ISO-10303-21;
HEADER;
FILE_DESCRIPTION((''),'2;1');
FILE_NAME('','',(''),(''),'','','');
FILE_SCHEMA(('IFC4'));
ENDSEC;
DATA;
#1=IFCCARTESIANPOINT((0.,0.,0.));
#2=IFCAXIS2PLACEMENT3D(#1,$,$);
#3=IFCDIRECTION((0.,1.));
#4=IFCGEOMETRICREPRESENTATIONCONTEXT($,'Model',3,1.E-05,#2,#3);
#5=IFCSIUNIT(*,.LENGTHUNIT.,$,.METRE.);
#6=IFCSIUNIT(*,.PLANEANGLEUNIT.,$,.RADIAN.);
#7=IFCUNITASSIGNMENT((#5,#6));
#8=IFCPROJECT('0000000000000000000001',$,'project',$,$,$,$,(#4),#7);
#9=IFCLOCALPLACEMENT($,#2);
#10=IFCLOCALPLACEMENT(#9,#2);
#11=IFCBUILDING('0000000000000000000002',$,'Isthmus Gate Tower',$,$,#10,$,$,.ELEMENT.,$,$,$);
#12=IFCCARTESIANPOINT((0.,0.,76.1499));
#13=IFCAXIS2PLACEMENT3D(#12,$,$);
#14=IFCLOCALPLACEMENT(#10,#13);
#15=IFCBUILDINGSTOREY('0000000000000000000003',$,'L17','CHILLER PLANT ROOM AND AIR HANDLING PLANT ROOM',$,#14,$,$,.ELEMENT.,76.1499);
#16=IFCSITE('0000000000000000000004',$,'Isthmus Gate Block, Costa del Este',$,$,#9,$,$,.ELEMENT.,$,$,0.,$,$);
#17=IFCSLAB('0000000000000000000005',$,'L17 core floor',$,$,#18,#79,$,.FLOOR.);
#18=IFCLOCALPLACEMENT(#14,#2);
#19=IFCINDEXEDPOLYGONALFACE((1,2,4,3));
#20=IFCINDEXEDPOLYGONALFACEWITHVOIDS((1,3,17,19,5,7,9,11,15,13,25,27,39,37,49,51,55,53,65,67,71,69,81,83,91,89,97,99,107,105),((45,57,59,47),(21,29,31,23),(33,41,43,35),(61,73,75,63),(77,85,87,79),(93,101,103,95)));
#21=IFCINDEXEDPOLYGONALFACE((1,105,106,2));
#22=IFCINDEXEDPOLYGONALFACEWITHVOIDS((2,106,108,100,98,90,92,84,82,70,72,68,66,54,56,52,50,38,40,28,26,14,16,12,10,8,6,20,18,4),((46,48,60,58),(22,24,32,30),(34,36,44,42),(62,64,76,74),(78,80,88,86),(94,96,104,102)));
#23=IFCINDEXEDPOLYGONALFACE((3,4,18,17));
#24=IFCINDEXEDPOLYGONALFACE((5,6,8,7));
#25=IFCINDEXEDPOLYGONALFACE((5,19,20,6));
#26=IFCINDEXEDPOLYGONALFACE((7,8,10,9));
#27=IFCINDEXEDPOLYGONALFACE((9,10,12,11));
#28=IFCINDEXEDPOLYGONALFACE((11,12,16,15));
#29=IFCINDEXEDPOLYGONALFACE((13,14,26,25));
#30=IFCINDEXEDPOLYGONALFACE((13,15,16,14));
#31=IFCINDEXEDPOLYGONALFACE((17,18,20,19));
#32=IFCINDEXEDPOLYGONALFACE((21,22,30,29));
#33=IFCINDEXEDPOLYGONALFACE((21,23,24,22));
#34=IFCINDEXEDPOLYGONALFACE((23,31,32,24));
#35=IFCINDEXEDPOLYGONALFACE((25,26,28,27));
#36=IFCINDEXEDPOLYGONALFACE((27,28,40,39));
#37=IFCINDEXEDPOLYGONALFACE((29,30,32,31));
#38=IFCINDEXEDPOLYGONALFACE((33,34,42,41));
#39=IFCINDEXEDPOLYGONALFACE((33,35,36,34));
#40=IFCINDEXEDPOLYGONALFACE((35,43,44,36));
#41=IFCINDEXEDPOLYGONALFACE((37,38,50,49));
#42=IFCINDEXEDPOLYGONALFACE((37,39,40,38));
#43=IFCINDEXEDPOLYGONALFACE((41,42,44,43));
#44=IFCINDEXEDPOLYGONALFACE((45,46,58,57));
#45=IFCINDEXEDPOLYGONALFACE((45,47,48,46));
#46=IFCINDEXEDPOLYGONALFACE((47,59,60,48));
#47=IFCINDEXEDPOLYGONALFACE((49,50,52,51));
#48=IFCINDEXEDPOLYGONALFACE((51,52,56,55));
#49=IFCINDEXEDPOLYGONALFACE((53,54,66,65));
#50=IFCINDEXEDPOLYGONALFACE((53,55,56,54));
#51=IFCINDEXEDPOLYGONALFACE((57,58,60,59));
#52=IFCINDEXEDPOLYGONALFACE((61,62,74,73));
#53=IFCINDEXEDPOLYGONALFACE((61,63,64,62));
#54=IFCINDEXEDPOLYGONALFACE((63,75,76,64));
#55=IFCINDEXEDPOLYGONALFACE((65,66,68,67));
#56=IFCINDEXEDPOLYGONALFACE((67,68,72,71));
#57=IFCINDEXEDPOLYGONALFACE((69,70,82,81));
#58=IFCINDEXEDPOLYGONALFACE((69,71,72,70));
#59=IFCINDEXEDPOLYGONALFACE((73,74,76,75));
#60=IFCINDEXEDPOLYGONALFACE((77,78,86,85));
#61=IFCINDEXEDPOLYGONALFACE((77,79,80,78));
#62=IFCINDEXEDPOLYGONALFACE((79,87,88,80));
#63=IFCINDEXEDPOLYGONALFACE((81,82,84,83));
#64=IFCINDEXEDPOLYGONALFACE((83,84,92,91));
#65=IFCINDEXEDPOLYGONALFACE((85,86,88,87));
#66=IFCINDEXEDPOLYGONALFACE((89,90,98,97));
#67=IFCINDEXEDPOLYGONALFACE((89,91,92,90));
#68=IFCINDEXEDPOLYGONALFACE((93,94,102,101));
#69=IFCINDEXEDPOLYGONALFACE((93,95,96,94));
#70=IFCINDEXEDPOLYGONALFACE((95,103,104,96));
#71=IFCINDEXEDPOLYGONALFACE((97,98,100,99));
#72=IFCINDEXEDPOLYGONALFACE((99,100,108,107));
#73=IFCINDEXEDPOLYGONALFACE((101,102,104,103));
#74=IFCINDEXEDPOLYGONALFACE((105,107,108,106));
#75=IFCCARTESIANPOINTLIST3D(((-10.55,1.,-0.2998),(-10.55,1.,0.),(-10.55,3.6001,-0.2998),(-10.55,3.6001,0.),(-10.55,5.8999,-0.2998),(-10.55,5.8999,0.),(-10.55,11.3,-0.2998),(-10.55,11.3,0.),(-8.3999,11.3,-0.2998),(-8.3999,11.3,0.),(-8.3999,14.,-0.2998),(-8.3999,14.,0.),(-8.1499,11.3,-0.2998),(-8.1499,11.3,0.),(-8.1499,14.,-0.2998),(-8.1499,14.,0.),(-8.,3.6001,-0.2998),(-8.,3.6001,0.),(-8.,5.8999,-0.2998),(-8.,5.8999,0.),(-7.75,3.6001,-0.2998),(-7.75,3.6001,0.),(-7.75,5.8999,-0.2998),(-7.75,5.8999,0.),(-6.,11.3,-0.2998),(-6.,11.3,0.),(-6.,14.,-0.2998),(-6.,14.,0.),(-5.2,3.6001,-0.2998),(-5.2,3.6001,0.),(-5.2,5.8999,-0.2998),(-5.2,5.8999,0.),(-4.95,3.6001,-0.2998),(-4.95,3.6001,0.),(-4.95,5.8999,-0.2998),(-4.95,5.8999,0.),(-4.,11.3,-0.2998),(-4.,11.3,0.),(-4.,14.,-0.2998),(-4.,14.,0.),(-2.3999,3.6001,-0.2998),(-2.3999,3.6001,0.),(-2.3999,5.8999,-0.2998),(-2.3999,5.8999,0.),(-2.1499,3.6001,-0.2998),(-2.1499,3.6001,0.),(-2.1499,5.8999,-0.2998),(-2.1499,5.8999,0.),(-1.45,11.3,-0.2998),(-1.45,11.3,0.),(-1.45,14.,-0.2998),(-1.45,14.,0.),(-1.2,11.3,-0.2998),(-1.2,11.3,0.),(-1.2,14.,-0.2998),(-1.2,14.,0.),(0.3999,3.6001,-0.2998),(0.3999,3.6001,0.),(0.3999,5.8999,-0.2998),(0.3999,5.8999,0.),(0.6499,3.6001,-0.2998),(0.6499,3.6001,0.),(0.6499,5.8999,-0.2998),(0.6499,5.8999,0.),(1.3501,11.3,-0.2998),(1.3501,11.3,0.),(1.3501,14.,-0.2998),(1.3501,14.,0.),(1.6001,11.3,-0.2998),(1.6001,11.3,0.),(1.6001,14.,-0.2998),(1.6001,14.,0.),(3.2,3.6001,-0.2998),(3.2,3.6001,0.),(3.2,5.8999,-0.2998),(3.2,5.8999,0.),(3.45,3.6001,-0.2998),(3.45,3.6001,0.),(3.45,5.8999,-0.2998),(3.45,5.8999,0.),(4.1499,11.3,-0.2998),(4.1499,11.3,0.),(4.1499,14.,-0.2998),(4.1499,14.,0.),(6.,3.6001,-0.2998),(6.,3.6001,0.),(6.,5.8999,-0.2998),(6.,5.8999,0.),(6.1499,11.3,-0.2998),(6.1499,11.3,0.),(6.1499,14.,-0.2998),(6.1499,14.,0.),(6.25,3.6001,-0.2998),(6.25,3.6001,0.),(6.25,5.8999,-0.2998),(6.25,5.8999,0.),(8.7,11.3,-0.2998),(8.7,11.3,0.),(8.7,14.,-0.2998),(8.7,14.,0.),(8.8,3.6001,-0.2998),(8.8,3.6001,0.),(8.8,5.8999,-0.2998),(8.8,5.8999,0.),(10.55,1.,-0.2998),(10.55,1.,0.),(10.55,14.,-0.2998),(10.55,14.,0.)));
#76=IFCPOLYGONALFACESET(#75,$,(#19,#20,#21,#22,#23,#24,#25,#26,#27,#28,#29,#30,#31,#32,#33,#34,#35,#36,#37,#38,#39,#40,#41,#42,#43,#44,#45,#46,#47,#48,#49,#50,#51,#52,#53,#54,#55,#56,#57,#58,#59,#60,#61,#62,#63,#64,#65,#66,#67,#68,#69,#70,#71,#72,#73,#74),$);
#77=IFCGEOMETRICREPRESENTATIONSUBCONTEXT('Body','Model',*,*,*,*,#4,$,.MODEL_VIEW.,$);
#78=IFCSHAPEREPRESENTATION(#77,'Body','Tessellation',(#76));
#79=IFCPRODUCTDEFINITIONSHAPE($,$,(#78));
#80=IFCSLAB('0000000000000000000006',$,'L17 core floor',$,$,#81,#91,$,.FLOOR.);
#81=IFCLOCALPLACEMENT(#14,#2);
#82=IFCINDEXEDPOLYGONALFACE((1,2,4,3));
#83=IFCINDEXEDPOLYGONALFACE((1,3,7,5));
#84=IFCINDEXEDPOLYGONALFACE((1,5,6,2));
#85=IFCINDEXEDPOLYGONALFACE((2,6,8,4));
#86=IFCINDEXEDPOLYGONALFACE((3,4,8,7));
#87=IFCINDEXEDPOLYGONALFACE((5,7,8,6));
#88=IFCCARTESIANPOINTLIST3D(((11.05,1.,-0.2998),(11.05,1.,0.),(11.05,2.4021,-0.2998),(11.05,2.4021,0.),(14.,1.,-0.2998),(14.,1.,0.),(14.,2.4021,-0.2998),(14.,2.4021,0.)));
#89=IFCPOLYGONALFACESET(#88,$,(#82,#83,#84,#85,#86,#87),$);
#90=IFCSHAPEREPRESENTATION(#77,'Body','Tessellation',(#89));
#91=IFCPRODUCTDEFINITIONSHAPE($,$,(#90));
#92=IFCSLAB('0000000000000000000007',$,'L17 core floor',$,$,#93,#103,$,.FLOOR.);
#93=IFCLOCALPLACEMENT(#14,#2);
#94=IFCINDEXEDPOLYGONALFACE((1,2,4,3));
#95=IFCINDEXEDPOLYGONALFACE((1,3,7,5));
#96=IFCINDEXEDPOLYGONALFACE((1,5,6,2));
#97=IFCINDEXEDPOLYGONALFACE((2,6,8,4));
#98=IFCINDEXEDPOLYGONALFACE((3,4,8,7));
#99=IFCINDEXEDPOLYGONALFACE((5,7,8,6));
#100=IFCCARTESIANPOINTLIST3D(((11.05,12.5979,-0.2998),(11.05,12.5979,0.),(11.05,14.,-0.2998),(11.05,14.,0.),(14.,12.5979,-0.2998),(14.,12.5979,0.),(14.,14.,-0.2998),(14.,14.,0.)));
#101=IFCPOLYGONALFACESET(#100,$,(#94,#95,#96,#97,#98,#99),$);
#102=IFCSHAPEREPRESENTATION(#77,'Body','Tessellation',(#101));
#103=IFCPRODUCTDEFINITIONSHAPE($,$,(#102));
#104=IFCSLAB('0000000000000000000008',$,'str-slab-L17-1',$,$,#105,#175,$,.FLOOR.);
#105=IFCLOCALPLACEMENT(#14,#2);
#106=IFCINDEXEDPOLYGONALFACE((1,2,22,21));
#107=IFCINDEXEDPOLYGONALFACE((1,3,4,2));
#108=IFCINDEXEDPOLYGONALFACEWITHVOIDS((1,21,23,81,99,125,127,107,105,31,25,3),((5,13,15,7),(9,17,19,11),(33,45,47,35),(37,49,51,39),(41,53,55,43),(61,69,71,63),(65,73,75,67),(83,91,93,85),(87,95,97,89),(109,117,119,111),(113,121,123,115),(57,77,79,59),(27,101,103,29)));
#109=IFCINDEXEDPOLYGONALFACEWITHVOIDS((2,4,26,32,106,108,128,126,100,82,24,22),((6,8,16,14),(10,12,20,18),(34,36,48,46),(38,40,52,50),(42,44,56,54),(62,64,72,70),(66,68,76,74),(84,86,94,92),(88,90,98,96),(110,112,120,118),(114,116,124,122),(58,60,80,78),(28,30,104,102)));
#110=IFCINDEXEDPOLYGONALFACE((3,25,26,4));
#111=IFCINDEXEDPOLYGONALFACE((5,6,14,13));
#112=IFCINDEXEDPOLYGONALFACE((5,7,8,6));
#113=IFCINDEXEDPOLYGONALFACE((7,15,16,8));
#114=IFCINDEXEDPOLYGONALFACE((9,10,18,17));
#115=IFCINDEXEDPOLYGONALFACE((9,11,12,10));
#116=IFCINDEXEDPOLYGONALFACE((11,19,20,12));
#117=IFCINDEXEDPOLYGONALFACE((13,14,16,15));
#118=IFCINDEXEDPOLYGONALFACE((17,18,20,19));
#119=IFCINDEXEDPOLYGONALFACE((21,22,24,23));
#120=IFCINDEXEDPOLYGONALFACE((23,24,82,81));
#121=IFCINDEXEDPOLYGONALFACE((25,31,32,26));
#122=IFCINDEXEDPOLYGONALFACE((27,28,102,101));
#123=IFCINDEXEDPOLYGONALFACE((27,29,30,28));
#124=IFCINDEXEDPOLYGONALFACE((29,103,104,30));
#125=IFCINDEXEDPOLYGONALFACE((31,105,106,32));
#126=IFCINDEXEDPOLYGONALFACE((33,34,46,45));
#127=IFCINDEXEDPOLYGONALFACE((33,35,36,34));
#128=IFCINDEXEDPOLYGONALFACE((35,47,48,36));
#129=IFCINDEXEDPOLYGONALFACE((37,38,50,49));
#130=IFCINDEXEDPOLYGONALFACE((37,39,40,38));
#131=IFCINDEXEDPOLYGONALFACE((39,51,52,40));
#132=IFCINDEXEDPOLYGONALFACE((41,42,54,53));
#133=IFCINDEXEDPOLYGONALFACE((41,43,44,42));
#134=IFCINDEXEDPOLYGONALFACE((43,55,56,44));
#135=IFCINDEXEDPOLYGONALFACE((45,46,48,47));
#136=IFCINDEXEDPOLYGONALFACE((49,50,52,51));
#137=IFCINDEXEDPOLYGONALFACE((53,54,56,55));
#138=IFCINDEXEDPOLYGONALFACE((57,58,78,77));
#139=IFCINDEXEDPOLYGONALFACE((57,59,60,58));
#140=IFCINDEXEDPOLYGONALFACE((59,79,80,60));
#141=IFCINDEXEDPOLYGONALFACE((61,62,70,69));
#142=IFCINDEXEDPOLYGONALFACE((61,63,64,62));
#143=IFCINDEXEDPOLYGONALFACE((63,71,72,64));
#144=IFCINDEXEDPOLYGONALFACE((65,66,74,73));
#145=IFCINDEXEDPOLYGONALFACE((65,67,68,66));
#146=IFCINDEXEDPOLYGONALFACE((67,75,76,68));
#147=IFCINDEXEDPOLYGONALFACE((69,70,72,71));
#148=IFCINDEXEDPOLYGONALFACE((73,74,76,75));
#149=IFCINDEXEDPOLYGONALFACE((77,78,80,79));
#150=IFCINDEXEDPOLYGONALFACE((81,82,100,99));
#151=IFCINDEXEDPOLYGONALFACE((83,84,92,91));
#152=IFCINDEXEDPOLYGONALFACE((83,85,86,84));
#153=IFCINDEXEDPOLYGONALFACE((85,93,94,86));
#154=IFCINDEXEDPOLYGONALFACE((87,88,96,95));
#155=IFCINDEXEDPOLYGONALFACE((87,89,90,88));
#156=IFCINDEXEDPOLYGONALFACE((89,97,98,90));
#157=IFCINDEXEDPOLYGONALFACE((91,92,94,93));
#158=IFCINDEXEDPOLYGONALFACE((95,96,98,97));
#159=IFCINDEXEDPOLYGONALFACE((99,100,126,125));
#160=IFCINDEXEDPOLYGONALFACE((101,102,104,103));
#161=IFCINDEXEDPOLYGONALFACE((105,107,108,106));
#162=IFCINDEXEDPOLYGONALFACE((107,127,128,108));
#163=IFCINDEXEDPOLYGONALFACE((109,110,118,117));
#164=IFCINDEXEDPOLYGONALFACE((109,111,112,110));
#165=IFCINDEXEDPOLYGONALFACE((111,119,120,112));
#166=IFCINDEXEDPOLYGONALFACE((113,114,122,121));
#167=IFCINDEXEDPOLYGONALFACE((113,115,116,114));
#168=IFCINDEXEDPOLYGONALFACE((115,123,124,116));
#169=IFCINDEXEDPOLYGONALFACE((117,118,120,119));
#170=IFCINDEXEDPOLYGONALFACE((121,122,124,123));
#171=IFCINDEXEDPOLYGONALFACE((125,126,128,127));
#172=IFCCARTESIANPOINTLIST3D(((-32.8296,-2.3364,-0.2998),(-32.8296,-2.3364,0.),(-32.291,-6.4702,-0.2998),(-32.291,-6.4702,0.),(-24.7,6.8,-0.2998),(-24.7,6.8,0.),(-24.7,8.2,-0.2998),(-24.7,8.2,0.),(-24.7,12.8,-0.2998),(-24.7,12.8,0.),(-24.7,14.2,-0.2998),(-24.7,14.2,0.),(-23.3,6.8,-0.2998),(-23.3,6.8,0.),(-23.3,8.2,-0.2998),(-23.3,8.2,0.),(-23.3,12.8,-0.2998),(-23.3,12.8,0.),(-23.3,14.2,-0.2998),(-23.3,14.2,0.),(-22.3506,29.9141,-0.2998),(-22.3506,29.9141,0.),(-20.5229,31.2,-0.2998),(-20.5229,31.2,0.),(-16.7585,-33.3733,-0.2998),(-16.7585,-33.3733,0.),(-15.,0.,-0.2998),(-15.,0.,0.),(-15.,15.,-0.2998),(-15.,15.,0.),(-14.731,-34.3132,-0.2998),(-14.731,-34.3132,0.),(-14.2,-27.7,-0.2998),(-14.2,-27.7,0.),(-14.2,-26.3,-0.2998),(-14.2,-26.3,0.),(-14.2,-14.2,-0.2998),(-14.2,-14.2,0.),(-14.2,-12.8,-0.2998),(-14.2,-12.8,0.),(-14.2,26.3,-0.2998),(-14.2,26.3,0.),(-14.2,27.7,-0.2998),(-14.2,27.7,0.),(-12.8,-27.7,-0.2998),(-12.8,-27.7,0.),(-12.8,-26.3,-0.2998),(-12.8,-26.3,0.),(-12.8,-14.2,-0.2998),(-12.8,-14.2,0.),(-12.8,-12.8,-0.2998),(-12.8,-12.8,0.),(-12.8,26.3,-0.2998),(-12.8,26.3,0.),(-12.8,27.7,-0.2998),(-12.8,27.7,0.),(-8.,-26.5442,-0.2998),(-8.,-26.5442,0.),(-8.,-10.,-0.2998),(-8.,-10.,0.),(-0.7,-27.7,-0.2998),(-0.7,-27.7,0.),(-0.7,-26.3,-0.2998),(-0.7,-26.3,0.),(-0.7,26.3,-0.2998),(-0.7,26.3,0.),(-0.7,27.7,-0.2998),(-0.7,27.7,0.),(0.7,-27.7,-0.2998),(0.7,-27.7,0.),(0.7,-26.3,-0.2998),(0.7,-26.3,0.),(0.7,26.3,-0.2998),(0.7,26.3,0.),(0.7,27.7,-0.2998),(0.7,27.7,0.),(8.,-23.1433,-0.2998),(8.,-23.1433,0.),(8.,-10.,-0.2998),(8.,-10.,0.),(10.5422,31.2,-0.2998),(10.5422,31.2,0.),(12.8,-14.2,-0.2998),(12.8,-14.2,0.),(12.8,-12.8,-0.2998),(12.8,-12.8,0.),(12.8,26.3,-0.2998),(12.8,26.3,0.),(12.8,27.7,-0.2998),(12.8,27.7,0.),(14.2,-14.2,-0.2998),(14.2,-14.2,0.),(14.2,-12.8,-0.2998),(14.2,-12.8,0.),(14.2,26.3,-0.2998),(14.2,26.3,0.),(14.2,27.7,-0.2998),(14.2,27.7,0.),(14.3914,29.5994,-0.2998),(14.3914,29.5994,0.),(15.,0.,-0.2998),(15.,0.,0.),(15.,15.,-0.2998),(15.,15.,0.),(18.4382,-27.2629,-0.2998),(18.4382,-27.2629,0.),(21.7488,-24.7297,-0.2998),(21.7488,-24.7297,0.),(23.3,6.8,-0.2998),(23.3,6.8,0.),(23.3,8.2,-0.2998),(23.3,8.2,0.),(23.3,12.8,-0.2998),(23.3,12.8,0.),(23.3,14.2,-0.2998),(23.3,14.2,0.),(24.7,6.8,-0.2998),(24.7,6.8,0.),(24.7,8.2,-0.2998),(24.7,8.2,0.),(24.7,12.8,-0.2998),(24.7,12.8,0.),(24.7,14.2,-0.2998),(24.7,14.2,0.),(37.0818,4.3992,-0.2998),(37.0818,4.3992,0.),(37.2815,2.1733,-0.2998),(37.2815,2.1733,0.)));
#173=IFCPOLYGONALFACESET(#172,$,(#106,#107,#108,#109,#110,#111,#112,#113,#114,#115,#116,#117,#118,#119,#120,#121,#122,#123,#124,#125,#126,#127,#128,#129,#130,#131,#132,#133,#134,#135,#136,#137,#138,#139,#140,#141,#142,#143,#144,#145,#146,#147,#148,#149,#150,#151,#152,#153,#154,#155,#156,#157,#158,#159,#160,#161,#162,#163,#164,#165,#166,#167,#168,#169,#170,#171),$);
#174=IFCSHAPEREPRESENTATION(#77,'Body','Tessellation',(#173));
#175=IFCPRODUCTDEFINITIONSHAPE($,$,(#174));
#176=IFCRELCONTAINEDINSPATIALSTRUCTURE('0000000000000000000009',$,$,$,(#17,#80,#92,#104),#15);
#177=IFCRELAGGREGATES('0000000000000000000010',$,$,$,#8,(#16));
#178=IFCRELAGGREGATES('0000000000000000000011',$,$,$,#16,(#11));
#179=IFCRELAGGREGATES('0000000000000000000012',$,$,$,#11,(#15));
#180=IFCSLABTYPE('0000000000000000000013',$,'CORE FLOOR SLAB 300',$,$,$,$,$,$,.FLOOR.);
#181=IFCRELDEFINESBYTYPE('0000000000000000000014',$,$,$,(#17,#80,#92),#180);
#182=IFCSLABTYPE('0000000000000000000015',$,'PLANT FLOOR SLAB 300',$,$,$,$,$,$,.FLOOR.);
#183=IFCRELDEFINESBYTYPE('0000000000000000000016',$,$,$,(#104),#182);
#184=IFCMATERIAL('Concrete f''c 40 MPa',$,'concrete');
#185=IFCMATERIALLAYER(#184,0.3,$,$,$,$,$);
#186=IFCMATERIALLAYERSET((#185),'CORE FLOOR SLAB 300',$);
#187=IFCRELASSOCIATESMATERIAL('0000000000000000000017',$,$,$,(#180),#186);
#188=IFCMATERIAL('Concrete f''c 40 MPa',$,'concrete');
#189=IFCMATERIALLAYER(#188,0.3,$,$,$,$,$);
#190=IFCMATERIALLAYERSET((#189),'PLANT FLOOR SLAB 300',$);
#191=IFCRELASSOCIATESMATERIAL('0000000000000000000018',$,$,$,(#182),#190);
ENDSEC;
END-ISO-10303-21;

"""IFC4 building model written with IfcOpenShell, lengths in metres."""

from ifc_helpers import new_model, si_unit, direction, frame, origin, place, context, subcontext, project, spatial, polyline, outline, extrude, material, layer, layer_set, type_object, element, save


model = new_model("IFC4")

# Units and contexts
model_context = context("Model", 3, precision=1e-05, world=origin(), true_north=direction((0.0, 1.0)))
body_context = subcontext(model_context, "Body", "Model", "MODEL_VIEW")
ifc_project = project(units=[si_unit("LENGTHUNIT", "METRE"), si_unit("PLANEANGLEUNIT", "RADIAN")], contexts=[model_context])

# Site, building, storey
site_placement = place(None, origin())
site = spatial("IfcSite", under=ifc_project, at=site_placement, Name="Isthmus Gate Block, Costa del Este", CompositionType="ELEMENT", RefElevation=0.0)
building_placement = place(site_placement, origin())
building = spatial("IfcBuilding", under=site, at=building_placement, Name="Isthmus Gate Tower", CompositionType="ELEMENT")
storey_placement = place(building_placement, frame((0.0, 0.0, 76.1499)))
storey = spatial("IfcBuildingStorey", under=building, at=storey_placement, Name="L17", Description="CHILLER PLANT ROOM AND AIR HANDLING PLANT ROOM", CompositionType="ELEMENT", Elevation=76.1499)

# Slabs
ifc_material_1 = material(Name="Concrete f'c 40 MPa", Category="concrete")
ifc_layer_1 = layer(ifc_material_1, 0.3)
ifc_layer_set_1 = layer_set([ifc_layer_1], Name="CORE FLOOR SLAB 300")
slab_type_1 = type_object("IfcSlabType", Name="CORE FLOOR SLAB 300", PredefinedType="FLOOR", material=ifc_layer_set_1)
slab_1_placement = place(storey_placement, frame((0.0, 0.0, -0.2998)))
element("IfcSlab", 1, at=slab_1_placement, inside=storey, type_object=slab_type_1, Name="L17 core floor", PredefinedType="FLOOR", context=body_context, shape_type="SweptSolid", body=[
    extrude(outline(polyline([(10.55, 14.0), (8.7, 14.0), (8.7, 11.3), (6.1499, 11.3), (6.1499, 14.0), (4.1499, 14.0), (4.1499, 11.3), (1.6001, 11.3), (1.6001, 14.0), (1.3501, 14.0), (1.3501, 11.3), (-1.2, 11.3), (-1.2, 14.0), (-1.45, 14.0), (-1.45, 11.3), (-4.0, 11.3), (-4.0, 14.0), (-6.0, 14.0), (-6.0, 11.3), (-8.1499, 11.3), (-8.1499, 14.0), (-8.3999, 14.0), (-8.3999, 11.3), (-10.55, 11.3), (-10.55, 5.8999), (-8.0, 5.8999), (-8.0, 3.6001), (-10.55, 3.6001), (-10.55, 1.0), (10.55, 1.0), (10.55, 14.0)]), holes=[polyline([(-5.2, 5.8999), (-5.2, 3.6001), (-7.75, 3.6001), (-7.75, 5.8999), (-5.2, 5.8999)]), polyline([(-2.3999, 5.8999), (-2.3999, 3.6001), (-4.95, 3.6001), (-4.95, 5.8999), (-2.3999, 5.8999)]), polyline([(0.3999, 5.8999), (0.3999, 3.6001), (-2.1499, 3.6001), (-2.1499, 5.8999), (0.3999, 5.8999)]), polyline([(3.2, 5.8999), (3.2, 3.6001), (0.6499, 3.6001), (0.6499, 5.8999), (3.2, 5.8999)]), polyline([(6.0, 5.8999), (6.0, 3.6001), (3.45, 3.6001), (3.45, 5.8999), (6.0, 5.8999)]), polyline([(8.8, 5.8999), (8.8, 3.6001), (6.25, 3.6001), (6.25, 5.8999), (8.8, 5.8999)])]), origin(), (0.0, 0.0, 1.0), 0.2998),
])
slab_2_placement = place(storey_placement, frame((0.0, 0.0, -0.2998)))
element("IfcSlab", 2, at=slab_2_placement, inside=storey, type_object=slab_type_1, Name="L17 core floor", PredefinedType="FLOOR", context=body_context, shape_type="SweptSolid", body=[
    extrude(outline(polyline([(14.0, 1.0), (14.0, 2.4021), (11.05, 2.4021), (11.05, 1.0), (14.0, 1.0)])), origin(), (0.0, 0.0, 1.0), 0.2998),
])
slab_3_placement = place(storey_placement, frame((0.0, 0.0, -0.2998)))
element("IfcSlab", 3, at=slab_3_placement, inside=storey, type_object=slab_type_1, Name="L17 core floor", PredefinedType="FLOOR", context=body_context, shape_type="SweptSolid", body=[
    extrude(outline(polyline([(11.05, 14.0), (11.05, 12.5979), (14.0, 12.5979), (14.0, 14.0), (11.05, 14.0)])), origin(), (0.0, 0.0, 1.0), 0.2998),
])
ifc_material_2 = material(Name="Concrete f'c 40 MPa", Category="concrete")
ifc_layer_2 = layer(ifc_material_2, 0.3)
ifc_layer_set_2 = layer_set([ifc_layer_2], Name="PLANT FLOOR SLAB 300")
slab_type_2 = type_object("IfcSlabType", Name="PLANT FLOOR SLAB 300", PredefinedType="FLOOR", material=ifc_layer_set_2)
slab_4_placement = place(storey_placement, frame((0.0, 0.0, -0.2998)))
element("IfcSlab", 4, at=slab_4_placement, inside=storey, type_object=slab_type_2, Name="str-slab-L17-1", PredefinedType="FLOOR", context=body_context, shape_type="SweptSolid", body=[
    extrude(outline(polyline([(14.3914, 29.5994), (37.0818, 4.3992), (37.2815, 2.1733), (21.7488, -24.7297), (18.4382, -27.2629), (-14.731, -34.3132), (-16.7585, -33.3733), (-32.291, -6.4702), (-32.8296, -2.3364), (-22.3506, 29.9141), (-20.5229, 31.2), (10.5422, 31.2), (14.3914, 29.5994)]), holes=[polyline([(-14.2, -27.7), (-12.8, -27.7), (-12.8, -26.3), (-14.2, -26.3), (-14.2, -27.7)]), polyline([(-0.7, -26.3), (-0.7, -27.7), (0.7, -27.7), (0.7, -26.3), (-0.7, -26.3)]), polyline([(-14.2, -12.8), (-14.2, -14.2), (-12.8, -14.2), (-12.8, -12.8), (-14.2, -12.8)]), polyline([(-24.7, 8.2), (-24.7, 6.8), (-23.3, 6.8), (-23.3, 8.2), (-24.7, 8.2)]), polyline([(-23.3, 14.2), (-24.7, 14.2), (-24.7, 12.8), (-23.3, 12.8), (-23.3, 14.2)]), polyline([(-14.2, 27.7), (-14.2, 26.3), (-12.8, 26.3), (-12.8, 27.7), (-14.2, 27.7)]), polyline([(-0.7, 27.7), (-0.7, 26.3), (0.7, 26.3), (0.7, 27.7), (-0.7, 27.7)]), polyline([(8.0, -23.1433), (8.0, -10.0), (-8.0, -10.0), (-8.0, -26.5442), (8.0, -23.1433)]), polyline([(14.2, -12.8), (12.8, -12.8), (12.8, -14.2), (14.2, -14.2), (14.2, -12.8)]), polyline([(15.0, 15.0), (-15.0, 15.0), (-15.0, 0.0), (15.0, 0.0), (15.0, 15.0)]), polyline([(24.7, 8.2), (23.3, 8.2), (23.3, 6.8), (24.7, 6.8), (24.7, 8.2)]), polyline([(23.3, 14.2), (23.3, 12.8), (24.7, 12.8), (24.7, 14.2), (23.3, 14.2)]), polyline([(14.2, 27.7), (12.8, 27.7), (12.8, 26.3), (14.2, 26.3), (14.2, 27.7)])]), origin(), (0.0, 0.0, 1.0), 0.2998),
])

save(model, "model.ifc")
